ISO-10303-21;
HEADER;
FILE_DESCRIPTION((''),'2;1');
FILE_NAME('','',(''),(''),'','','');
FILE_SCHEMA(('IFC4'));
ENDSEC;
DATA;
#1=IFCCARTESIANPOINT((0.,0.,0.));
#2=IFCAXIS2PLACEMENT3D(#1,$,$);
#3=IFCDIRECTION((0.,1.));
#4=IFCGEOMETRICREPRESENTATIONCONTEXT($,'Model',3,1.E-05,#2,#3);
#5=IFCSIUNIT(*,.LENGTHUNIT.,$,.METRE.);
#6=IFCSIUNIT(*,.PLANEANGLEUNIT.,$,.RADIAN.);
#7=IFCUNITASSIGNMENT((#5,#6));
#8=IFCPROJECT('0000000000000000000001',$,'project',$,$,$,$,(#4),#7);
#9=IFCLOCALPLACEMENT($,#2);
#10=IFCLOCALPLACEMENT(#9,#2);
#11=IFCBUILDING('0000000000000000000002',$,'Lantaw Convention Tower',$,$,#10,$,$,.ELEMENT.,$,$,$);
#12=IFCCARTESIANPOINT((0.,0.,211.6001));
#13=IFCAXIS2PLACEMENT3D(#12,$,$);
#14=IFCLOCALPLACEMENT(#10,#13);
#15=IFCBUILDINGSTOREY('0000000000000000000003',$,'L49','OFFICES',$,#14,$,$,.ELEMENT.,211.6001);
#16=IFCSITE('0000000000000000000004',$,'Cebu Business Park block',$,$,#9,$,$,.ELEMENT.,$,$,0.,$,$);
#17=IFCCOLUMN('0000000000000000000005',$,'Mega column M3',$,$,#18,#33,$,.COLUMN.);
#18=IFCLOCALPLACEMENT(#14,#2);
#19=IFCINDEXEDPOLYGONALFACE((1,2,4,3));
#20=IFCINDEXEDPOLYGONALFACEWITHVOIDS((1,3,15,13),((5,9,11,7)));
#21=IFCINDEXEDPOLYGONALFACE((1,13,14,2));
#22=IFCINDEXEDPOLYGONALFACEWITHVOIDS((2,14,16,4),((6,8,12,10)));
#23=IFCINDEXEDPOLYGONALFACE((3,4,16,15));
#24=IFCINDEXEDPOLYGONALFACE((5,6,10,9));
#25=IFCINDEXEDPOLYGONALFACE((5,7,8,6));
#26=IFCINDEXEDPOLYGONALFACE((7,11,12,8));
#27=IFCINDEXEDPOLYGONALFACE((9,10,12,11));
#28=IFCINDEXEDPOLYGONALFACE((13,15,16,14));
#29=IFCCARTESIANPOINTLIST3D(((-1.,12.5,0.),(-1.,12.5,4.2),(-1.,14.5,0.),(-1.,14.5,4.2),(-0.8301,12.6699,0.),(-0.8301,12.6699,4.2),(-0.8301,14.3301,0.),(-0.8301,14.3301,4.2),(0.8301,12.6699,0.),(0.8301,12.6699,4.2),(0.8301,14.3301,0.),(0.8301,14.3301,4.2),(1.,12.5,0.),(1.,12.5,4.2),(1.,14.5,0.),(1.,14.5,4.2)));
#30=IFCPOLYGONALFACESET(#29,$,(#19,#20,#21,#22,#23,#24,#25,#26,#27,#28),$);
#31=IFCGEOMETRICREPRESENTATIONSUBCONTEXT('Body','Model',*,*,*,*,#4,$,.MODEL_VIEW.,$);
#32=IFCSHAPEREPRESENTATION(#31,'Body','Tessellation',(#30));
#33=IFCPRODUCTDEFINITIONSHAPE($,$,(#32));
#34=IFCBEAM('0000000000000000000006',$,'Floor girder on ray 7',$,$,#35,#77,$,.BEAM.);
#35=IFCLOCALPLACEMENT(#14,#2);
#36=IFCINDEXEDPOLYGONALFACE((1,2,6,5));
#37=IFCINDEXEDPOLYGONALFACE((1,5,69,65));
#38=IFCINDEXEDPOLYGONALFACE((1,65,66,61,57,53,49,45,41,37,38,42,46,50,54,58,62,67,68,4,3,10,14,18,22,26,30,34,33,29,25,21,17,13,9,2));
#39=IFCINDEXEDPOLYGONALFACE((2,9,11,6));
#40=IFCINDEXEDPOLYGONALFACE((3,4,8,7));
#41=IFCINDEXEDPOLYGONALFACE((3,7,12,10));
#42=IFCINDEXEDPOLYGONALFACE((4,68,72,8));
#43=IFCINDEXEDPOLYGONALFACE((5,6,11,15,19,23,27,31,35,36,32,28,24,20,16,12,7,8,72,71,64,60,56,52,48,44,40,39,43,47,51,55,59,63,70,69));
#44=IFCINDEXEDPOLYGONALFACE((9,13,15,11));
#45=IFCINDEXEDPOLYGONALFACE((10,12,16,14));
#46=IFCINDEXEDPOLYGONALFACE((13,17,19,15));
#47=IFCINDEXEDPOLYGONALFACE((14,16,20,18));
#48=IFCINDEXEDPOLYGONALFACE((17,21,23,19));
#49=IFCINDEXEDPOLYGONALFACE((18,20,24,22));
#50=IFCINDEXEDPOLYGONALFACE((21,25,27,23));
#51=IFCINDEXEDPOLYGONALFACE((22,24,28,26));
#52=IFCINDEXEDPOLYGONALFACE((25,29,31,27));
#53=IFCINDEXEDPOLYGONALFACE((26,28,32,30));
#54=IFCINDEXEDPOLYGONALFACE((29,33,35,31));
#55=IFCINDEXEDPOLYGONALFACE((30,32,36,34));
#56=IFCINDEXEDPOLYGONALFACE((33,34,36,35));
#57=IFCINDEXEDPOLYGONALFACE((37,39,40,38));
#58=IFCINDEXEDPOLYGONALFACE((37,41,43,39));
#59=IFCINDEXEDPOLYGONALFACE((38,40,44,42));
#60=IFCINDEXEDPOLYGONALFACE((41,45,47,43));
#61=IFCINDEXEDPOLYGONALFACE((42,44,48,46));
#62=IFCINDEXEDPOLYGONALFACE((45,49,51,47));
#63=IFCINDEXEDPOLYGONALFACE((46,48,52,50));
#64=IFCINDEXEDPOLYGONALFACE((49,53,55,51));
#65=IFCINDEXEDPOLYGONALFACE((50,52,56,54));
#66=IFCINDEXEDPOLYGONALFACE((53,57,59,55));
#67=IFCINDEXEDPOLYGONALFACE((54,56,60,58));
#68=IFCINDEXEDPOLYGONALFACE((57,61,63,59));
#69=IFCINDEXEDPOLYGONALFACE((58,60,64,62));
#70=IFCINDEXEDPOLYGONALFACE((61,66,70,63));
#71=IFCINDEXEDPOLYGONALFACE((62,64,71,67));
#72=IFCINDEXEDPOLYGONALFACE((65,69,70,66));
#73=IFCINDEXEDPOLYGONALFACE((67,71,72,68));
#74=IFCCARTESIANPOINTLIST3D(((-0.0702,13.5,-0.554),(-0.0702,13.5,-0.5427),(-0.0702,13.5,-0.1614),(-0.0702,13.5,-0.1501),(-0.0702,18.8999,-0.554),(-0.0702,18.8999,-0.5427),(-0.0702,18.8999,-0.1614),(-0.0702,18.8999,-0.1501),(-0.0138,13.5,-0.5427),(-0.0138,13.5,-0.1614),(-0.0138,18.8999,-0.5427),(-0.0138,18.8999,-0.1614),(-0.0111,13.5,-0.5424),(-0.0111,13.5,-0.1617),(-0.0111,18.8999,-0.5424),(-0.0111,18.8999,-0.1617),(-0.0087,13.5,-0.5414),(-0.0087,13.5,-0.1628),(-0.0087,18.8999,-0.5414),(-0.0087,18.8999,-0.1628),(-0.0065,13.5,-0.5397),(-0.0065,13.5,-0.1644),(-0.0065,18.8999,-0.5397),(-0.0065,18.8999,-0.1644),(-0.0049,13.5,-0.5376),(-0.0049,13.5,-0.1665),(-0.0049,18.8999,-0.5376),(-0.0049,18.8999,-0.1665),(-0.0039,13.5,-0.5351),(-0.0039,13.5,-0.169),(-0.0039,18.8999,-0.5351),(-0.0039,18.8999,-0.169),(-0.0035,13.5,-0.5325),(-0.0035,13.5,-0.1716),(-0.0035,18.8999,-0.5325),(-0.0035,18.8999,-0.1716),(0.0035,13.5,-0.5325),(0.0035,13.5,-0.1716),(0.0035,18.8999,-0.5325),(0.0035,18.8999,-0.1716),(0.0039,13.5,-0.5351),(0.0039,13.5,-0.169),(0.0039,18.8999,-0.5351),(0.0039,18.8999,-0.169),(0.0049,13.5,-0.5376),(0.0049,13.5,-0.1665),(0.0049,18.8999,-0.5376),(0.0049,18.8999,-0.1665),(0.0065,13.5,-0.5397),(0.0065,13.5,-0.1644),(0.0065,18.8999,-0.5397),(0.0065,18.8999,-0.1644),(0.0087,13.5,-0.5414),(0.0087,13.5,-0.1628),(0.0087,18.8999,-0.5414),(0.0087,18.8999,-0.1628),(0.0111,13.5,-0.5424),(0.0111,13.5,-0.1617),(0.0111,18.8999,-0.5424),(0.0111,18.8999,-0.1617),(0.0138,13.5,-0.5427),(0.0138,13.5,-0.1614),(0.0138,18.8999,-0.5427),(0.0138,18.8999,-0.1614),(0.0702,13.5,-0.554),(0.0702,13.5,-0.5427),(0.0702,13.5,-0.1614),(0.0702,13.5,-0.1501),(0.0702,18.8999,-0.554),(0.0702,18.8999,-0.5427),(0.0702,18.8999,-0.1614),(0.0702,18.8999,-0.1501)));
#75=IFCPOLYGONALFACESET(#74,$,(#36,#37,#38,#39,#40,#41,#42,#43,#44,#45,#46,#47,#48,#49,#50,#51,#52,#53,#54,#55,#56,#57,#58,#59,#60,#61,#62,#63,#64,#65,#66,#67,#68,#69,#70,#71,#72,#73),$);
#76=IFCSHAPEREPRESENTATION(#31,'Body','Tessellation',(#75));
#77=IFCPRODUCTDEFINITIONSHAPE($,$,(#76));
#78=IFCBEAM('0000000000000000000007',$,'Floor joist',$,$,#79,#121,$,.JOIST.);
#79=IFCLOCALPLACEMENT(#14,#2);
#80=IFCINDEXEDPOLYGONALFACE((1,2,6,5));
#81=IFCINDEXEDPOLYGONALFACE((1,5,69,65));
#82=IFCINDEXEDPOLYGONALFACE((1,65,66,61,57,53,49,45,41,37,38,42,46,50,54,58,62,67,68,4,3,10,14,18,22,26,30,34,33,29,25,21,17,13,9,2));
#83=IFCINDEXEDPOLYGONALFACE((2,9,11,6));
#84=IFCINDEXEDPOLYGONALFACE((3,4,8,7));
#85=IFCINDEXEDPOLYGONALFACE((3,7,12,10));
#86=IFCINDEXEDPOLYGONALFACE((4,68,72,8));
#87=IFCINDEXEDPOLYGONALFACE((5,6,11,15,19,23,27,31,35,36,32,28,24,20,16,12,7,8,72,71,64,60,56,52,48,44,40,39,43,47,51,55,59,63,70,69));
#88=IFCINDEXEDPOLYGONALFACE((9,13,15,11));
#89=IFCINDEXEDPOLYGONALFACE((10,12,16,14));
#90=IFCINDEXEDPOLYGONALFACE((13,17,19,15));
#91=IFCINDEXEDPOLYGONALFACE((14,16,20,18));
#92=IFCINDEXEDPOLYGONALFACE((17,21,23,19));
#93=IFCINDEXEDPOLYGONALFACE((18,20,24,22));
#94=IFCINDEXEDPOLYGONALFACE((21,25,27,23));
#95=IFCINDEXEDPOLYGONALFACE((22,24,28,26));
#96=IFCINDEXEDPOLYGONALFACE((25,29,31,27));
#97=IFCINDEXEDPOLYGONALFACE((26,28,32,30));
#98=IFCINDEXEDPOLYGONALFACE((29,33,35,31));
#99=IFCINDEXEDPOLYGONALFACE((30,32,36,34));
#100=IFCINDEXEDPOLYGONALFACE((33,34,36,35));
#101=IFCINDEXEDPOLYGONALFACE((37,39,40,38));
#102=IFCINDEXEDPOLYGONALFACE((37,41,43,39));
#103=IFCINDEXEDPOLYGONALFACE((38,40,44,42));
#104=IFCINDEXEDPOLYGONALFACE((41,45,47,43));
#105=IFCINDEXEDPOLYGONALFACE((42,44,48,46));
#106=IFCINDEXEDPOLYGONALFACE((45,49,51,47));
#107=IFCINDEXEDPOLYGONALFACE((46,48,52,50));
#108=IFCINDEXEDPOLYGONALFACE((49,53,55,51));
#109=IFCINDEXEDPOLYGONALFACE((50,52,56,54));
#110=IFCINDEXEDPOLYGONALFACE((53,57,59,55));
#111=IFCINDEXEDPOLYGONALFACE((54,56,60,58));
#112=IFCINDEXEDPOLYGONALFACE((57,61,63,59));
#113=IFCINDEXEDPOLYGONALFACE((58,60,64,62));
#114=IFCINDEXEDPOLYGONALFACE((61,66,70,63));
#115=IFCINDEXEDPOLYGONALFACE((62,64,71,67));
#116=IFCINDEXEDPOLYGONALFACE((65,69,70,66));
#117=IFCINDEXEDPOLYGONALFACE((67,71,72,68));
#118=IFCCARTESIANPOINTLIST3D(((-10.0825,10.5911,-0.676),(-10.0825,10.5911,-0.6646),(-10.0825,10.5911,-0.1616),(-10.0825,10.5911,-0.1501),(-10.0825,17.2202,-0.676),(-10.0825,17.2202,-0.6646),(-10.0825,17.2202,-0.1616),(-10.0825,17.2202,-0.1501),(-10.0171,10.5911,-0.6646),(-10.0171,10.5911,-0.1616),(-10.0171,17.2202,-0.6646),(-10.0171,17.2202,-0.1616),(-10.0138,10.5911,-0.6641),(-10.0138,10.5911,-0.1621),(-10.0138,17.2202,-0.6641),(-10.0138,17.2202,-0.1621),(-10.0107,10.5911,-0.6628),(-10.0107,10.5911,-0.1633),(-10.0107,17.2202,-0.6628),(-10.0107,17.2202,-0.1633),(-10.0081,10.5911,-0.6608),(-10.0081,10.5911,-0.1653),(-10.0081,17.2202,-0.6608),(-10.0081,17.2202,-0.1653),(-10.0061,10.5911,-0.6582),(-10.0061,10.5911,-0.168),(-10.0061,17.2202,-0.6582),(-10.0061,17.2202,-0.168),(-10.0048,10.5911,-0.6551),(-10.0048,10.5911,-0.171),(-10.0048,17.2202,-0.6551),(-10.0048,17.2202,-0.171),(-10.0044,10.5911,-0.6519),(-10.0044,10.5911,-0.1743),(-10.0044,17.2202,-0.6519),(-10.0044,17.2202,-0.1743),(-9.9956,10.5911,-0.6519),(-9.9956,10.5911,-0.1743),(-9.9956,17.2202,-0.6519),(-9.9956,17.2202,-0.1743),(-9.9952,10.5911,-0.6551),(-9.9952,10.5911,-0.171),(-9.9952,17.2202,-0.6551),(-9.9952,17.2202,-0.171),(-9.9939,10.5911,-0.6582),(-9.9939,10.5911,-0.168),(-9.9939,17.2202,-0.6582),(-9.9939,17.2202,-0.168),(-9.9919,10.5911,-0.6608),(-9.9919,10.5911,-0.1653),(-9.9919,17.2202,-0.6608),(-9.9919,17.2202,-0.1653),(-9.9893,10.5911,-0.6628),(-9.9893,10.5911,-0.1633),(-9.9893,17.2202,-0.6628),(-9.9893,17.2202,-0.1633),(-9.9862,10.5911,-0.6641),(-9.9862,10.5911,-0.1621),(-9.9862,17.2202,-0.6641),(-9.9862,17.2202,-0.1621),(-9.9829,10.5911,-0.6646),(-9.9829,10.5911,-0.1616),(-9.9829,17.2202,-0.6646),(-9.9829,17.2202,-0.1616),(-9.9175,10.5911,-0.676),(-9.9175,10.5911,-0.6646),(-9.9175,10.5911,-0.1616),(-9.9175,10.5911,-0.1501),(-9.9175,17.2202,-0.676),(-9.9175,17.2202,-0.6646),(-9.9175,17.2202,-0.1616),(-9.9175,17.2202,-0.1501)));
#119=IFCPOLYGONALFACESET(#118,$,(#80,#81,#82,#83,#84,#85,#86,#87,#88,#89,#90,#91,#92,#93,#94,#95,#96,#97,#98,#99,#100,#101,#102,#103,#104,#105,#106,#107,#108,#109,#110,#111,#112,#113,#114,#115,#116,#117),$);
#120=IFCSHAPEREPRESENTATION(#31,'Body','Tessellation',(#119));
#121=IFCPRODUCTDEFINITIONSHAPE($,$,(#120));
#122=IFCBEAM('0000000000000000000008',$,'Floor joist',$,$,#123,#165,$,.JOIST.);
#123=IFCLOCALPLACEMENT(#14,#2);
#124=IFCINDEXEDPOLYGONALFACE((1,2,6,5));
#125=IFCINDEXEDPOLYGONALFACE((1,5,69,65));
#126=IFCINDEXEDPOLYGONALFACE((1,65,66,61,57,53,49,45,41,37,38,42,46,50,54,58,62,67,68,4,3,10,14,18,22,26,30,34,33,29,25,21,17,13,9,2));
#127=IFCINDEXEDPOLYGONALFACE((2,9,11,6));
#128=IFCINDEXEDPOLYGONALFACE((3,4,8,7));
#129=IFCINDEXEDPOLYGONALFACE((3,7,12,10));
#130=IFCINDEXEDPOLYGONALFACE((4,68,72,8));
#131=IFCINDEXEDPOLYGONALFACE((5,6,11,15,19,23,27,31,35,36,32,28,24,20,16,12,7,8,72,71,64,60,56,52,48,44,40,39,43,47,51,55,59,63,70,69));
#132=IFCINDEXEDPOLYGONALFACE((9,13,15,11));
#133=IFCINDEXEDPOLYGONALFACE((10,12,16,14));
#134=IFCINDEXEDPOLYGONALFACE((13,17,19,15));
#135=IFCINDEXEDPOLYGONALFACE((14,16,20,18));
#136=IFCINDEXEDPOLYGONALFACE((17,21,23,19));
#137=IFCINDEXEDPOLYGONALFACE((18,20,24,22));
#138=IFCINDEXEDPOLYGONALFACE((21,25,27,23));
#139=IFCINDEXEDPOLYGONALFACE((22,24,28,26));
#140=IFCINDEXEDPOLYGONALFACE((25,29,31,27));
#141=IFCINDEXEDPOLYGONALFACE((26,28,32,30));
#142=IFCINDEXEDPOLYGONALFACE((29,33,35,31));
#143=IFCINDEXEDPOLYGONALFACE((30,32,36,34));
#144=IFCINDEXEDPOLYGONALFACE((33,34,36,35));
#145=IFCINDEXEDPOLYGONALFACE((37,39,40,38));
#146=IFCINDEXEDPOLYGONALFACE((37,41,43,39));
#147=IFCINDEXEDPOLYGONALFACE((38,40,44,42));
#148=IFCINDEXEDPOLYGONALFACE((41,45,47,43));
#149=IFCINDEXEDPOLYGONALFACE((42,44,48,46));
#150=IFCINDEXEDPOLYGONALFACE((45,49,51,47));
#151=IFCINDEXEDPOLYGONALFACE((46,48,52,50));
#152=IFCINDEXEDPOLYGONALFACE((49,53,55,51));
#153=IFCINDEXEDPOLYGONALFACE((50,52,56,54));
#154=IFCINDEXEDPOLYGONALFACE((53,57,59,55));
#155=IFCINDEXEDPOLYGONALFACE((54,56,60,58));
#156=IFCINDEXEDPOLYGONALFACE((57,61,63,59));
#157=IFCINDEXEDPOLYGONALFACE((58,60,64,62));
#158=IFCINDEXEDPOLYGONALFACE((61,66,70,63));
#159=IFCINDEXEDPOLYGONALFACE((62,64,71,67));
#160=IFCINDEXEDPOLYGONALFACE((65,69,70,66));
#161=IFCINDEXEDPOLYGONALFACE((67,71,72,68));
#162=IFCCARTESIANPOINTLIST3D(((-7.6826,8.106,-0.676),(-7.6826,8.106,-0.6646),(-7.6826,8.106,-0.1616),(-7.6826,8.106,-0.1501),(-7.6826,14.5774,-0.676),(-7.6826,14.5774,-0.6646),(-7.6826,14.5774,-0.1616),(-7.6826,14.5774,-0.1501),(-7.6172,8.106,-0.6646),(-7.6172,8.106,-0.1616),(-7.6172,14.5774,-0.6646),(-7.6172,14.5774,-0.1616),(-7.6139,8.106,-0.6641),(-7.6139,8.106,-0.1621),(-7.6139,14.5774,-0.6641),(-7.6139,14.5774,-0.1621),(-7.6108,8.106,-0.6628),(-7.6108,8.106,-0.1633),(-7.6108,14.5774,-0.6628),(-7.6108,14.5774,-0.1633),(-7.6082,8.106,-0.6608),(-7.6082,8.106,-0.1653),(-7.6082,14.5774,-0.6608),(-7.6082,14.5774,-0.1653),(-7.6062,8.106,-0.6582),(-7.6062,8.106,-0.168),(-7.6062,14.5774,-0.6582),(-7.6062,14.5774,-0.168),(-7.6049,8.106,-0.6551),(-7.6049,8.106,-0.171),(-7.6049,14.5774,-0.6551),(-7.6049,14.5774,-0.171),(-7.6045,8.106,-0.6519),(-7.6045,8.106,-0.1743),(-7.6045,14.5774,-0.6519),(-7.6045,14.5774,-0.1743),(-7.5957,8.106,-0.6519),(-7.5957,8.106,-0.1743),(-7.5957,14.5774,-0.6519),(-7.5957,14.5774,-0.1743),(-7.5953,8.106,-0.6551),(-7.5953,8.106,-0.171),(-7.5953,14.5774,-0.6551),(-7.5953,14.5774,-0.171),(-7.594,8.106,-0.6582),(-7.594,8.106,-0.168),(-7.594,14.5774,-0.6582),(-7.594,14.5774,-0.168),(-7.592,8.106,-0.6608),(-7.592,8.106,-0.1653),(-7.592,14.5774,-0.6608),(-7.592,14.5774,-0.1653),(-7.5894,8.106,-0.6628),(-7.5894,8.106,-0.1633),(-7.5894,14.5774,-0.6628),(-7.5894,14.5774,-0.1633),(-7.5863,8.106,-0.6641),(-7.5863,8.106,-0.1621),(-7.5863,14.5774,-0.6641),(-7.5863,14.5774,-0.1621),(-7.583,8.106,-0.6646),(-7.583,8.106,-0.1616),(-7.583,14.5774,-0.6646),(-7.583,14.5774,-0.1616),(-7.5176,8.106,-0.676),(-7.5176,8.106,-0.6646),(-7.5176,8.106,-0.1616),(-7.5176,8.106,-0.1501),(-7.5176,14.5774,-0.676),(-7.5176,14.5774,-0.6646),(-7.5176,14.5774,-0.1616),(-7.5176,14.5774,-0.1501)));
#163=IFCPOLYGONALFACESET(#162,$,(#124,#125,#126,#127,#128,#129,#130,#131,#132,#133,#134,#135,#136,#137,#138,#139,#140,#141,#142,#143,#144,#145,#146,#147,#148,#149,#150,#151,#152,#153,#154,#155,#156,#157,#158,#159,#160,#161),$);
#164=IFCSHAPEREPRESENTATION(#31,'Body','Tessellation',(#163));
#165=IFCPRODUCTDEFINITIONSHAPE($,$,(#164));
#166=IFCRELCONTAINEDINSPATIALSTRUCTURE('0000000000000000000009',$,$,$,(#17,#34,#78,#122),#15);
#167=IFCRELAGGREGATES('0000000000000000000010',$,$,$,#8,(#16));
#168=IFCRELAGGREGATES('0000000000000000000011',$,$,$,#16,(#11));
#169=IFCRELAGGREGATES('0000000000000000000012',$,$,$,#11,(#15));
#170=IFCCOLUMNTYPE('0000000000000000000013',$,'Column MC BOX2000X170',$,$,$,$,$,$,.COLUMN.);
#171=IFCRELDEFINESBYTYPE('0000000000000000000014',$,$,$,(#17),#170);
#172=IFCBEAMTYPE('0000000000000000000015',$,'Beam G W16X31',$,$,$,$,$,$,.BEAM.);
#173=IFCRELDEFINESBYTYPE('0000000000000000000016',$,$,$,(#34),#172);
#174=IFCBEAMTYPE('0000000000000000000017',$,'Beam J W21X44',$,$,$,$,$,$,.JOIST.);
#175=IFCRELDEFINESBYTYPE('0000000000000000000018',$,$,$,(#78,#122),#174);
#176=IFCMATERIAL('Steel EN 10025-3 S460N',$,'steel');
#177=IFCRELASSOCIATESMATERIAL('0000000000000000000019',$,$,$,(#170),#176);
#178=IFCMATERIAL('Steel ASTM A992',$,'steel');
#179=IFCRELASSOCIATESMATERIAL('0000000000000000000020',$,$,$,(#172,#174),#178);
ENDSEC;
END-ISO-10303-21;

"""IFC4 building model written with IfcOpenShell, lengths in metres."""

from ifc_helpers import new_model, si_unit, direction, frame, origin, origin_2d, place, context, subcontext, project, spatial, rectangle, hollow_rectangle, i_section, extrude, material, material_profile, profile_set, type_object, element, save


model = new_model("IFC4")

# Units and contexts
model_context = context("Model", 3, precision=1e-05, world=origin(), true_north=direction((0.0, 1.0)))
body_context = subcontext(model_context, "Body", "Model", "MODEL_VIEW")
ifc_project = project(units=[si_unit("LENGTHUNIT", "METRE"), si_unit("PLANEANGLEUNIT", "RADIAN")], contexts=[model_context])

# Site, building, storey
site_placement = place(None, origin())
site = spatial("IfcSite", under=ifc_project, at=site_placement, Name="Cebu Business Park block", CompositionType="ELEMENT", RefElevation=0.0)
building_placement = place(site_placement, origin())
building = spatial("IfcBuilding", under=site, at=building_placement, Name="Lantaw Convention Tower", CompositionType="ELEMENT")
storey_placement = place(building_placement, frame((0.0, 0.0, 211.6001)))
storey = spatial("IfcBuildingStorey", under=building, at=storey_placement, Name="L49", Description="OFFICES", CompositionType="ELEMENT", Elevation=211.6001)

# Column
ifc_material_1 = material(Name="Steel EN 10025-3 S460N", Category="steel")
ifc_material_profile_1 = material_profile(ifc_material_1, hollow_rectangle(XDim=2.0, YDim=2.0, WallThickness=0.1699, at=origin_2d()), Name="BOX2000X170")
ifc_material_2 = material(Name="Concrete C60/75", Category="concrete")
ifc_material_profile_2 = material_profile(ifc_material_2, rectangle(XDim=1.6599, YDim=1.6599, at=origin_2d()), Name="Concrete fill of BOX2000X170")
ifc_profile_set_1 = profile_set([ifc_material_profile_1, ifc_material_profile_2], Name="Steel EN 10025-3 S460N")
column_type = type_object("IfcColumnType", Name="Column MC BOX2000X170", PredefinedType="COLUMN", material=ifc_profile_set_1)
column_placement = place(storey_placement, frame((0.0, 13.5, 0.0), z_axis=(0.0, 0.0, 1.0), x_axis=(1.0, 0.0, 0.0)))
element("IfcColumn", 1, at=column_placement, inside=storey, type_object=column_type, Name="Mega column M3", PredefinedType="COLUMN", context=body_context, shape_type="SweptSolid", body=[
    extrude(hollow_rectangle(XDim=2.0, YDim=2.0, WallThickness=0.1699, at=origin_2d()), origin(), (0.0, 0.0, 1.0), 4.2),
])

# Beams
ifc_material_3 = material(Name="Steel ASTM A992", Category="steel")
ifc_material_profile_3 = material_profile(ifc_material_3, i_section(OverallWidth=0.1404, OverallDepth=0.4038, WebThickness=0.0071, FlangeThickness=0.0112, FilletRadius=0.0103, at=origin_2d()), Name="W16X31")
ifc_profile_set_2 = profile_set([ifc_material_profile_3], Name="Steel ASTM A992")
beam_type_1 = type_object("IfcBeamType", Name="Beam G W16X31", PredefinedType="BEAM", material=ifc_profile_set_2)
beam_1_placement = place(storey_placement, frame((0.0, 13.5, -0.3521), z_axis=(0.0, 1.0, 0.0), x_axis=(-1.0, 0.0, 0.0)))
element("IfcBeam", 2, at=beam_1_placement, inside=storey, type_object=beam_type_1, Name="Floor girder on ray 7", PredefinedType="BEAM", context=body_context, shape_type="SweptSolid", body=[
    extrude(i_section(OverallWidth=0.1404, OverallDepth=0.4038, WebThickness=0.0071, FlangeThickness=0.0112, FilletRadius=0.0103, at=origin_2d()), origin(), (0.0, 0.0, 1.0), 5.3999),
])
ifc_material_profile_4 = material_profile(ifc_material_3, i_section(OverallWidth=0.165, OverallDepth=0.5259, WebThickness=0.0088, FlangeThickness=0.0115, FilletRadius=0.0127, at=origin_2d()), Name="W21X44")
ifc_profile_set_3 = profile_set([ifc_material_profile_4], Name="Steel ASTM A992")
beam_type_2 = type_object("IfcBeamType", Name="Beam J W21X44", PredefinedType="JOIST", material=ifc_profile_set_3)
beam_2_placement = place(storey_placement, frame((-10.0, 10.5911, -0.4131), z_axis=(0.0, 1.0, 0.0), x_axis=(-1.0, 0.0, 0.0)))
element("IfcBeam", 3, at=beam_2_placement, inside=storey, type_object=beam_type_2, Name="Floor joist", PredefinedType="JOIST", context=body_context, shape_type="SweptSolid", body=[
    extrude(i_section(OverallWidth=0.165, OverallDepth=0.5259, WebThickness=0.0088, FlangeThickness=0.0115, FilletRadius=0.0127, at=origin_2d()), origin(), (0.0, 0.0, 1.0), 6.6292),
])
beam_3_placement = place(storey_placement, frame((-7.6001, 8.106, -0.4131), z_axis=(0.0, 1.0, 0.0), x_axis=(-1.0, 0.0, 0.0)))
element("IfcBeam", 4, at=beam_3_placement, inside=storey, type_object=beam_type_2, Name="Floor joist", PredefinedType="JOIST", context=body_context, shape_type="SweptSolid", body=[
    extrude(i_section(OverallWidth=0.165, OverallDepth=0.5259, WebThickness=0.0088, FlangeThickness=0.0115, FilletRadius=0.0127, at=origin_2d()), origin(), (0.0, 0.0, 1.0), 6.4714),
])

save(model, "model.ifc")
